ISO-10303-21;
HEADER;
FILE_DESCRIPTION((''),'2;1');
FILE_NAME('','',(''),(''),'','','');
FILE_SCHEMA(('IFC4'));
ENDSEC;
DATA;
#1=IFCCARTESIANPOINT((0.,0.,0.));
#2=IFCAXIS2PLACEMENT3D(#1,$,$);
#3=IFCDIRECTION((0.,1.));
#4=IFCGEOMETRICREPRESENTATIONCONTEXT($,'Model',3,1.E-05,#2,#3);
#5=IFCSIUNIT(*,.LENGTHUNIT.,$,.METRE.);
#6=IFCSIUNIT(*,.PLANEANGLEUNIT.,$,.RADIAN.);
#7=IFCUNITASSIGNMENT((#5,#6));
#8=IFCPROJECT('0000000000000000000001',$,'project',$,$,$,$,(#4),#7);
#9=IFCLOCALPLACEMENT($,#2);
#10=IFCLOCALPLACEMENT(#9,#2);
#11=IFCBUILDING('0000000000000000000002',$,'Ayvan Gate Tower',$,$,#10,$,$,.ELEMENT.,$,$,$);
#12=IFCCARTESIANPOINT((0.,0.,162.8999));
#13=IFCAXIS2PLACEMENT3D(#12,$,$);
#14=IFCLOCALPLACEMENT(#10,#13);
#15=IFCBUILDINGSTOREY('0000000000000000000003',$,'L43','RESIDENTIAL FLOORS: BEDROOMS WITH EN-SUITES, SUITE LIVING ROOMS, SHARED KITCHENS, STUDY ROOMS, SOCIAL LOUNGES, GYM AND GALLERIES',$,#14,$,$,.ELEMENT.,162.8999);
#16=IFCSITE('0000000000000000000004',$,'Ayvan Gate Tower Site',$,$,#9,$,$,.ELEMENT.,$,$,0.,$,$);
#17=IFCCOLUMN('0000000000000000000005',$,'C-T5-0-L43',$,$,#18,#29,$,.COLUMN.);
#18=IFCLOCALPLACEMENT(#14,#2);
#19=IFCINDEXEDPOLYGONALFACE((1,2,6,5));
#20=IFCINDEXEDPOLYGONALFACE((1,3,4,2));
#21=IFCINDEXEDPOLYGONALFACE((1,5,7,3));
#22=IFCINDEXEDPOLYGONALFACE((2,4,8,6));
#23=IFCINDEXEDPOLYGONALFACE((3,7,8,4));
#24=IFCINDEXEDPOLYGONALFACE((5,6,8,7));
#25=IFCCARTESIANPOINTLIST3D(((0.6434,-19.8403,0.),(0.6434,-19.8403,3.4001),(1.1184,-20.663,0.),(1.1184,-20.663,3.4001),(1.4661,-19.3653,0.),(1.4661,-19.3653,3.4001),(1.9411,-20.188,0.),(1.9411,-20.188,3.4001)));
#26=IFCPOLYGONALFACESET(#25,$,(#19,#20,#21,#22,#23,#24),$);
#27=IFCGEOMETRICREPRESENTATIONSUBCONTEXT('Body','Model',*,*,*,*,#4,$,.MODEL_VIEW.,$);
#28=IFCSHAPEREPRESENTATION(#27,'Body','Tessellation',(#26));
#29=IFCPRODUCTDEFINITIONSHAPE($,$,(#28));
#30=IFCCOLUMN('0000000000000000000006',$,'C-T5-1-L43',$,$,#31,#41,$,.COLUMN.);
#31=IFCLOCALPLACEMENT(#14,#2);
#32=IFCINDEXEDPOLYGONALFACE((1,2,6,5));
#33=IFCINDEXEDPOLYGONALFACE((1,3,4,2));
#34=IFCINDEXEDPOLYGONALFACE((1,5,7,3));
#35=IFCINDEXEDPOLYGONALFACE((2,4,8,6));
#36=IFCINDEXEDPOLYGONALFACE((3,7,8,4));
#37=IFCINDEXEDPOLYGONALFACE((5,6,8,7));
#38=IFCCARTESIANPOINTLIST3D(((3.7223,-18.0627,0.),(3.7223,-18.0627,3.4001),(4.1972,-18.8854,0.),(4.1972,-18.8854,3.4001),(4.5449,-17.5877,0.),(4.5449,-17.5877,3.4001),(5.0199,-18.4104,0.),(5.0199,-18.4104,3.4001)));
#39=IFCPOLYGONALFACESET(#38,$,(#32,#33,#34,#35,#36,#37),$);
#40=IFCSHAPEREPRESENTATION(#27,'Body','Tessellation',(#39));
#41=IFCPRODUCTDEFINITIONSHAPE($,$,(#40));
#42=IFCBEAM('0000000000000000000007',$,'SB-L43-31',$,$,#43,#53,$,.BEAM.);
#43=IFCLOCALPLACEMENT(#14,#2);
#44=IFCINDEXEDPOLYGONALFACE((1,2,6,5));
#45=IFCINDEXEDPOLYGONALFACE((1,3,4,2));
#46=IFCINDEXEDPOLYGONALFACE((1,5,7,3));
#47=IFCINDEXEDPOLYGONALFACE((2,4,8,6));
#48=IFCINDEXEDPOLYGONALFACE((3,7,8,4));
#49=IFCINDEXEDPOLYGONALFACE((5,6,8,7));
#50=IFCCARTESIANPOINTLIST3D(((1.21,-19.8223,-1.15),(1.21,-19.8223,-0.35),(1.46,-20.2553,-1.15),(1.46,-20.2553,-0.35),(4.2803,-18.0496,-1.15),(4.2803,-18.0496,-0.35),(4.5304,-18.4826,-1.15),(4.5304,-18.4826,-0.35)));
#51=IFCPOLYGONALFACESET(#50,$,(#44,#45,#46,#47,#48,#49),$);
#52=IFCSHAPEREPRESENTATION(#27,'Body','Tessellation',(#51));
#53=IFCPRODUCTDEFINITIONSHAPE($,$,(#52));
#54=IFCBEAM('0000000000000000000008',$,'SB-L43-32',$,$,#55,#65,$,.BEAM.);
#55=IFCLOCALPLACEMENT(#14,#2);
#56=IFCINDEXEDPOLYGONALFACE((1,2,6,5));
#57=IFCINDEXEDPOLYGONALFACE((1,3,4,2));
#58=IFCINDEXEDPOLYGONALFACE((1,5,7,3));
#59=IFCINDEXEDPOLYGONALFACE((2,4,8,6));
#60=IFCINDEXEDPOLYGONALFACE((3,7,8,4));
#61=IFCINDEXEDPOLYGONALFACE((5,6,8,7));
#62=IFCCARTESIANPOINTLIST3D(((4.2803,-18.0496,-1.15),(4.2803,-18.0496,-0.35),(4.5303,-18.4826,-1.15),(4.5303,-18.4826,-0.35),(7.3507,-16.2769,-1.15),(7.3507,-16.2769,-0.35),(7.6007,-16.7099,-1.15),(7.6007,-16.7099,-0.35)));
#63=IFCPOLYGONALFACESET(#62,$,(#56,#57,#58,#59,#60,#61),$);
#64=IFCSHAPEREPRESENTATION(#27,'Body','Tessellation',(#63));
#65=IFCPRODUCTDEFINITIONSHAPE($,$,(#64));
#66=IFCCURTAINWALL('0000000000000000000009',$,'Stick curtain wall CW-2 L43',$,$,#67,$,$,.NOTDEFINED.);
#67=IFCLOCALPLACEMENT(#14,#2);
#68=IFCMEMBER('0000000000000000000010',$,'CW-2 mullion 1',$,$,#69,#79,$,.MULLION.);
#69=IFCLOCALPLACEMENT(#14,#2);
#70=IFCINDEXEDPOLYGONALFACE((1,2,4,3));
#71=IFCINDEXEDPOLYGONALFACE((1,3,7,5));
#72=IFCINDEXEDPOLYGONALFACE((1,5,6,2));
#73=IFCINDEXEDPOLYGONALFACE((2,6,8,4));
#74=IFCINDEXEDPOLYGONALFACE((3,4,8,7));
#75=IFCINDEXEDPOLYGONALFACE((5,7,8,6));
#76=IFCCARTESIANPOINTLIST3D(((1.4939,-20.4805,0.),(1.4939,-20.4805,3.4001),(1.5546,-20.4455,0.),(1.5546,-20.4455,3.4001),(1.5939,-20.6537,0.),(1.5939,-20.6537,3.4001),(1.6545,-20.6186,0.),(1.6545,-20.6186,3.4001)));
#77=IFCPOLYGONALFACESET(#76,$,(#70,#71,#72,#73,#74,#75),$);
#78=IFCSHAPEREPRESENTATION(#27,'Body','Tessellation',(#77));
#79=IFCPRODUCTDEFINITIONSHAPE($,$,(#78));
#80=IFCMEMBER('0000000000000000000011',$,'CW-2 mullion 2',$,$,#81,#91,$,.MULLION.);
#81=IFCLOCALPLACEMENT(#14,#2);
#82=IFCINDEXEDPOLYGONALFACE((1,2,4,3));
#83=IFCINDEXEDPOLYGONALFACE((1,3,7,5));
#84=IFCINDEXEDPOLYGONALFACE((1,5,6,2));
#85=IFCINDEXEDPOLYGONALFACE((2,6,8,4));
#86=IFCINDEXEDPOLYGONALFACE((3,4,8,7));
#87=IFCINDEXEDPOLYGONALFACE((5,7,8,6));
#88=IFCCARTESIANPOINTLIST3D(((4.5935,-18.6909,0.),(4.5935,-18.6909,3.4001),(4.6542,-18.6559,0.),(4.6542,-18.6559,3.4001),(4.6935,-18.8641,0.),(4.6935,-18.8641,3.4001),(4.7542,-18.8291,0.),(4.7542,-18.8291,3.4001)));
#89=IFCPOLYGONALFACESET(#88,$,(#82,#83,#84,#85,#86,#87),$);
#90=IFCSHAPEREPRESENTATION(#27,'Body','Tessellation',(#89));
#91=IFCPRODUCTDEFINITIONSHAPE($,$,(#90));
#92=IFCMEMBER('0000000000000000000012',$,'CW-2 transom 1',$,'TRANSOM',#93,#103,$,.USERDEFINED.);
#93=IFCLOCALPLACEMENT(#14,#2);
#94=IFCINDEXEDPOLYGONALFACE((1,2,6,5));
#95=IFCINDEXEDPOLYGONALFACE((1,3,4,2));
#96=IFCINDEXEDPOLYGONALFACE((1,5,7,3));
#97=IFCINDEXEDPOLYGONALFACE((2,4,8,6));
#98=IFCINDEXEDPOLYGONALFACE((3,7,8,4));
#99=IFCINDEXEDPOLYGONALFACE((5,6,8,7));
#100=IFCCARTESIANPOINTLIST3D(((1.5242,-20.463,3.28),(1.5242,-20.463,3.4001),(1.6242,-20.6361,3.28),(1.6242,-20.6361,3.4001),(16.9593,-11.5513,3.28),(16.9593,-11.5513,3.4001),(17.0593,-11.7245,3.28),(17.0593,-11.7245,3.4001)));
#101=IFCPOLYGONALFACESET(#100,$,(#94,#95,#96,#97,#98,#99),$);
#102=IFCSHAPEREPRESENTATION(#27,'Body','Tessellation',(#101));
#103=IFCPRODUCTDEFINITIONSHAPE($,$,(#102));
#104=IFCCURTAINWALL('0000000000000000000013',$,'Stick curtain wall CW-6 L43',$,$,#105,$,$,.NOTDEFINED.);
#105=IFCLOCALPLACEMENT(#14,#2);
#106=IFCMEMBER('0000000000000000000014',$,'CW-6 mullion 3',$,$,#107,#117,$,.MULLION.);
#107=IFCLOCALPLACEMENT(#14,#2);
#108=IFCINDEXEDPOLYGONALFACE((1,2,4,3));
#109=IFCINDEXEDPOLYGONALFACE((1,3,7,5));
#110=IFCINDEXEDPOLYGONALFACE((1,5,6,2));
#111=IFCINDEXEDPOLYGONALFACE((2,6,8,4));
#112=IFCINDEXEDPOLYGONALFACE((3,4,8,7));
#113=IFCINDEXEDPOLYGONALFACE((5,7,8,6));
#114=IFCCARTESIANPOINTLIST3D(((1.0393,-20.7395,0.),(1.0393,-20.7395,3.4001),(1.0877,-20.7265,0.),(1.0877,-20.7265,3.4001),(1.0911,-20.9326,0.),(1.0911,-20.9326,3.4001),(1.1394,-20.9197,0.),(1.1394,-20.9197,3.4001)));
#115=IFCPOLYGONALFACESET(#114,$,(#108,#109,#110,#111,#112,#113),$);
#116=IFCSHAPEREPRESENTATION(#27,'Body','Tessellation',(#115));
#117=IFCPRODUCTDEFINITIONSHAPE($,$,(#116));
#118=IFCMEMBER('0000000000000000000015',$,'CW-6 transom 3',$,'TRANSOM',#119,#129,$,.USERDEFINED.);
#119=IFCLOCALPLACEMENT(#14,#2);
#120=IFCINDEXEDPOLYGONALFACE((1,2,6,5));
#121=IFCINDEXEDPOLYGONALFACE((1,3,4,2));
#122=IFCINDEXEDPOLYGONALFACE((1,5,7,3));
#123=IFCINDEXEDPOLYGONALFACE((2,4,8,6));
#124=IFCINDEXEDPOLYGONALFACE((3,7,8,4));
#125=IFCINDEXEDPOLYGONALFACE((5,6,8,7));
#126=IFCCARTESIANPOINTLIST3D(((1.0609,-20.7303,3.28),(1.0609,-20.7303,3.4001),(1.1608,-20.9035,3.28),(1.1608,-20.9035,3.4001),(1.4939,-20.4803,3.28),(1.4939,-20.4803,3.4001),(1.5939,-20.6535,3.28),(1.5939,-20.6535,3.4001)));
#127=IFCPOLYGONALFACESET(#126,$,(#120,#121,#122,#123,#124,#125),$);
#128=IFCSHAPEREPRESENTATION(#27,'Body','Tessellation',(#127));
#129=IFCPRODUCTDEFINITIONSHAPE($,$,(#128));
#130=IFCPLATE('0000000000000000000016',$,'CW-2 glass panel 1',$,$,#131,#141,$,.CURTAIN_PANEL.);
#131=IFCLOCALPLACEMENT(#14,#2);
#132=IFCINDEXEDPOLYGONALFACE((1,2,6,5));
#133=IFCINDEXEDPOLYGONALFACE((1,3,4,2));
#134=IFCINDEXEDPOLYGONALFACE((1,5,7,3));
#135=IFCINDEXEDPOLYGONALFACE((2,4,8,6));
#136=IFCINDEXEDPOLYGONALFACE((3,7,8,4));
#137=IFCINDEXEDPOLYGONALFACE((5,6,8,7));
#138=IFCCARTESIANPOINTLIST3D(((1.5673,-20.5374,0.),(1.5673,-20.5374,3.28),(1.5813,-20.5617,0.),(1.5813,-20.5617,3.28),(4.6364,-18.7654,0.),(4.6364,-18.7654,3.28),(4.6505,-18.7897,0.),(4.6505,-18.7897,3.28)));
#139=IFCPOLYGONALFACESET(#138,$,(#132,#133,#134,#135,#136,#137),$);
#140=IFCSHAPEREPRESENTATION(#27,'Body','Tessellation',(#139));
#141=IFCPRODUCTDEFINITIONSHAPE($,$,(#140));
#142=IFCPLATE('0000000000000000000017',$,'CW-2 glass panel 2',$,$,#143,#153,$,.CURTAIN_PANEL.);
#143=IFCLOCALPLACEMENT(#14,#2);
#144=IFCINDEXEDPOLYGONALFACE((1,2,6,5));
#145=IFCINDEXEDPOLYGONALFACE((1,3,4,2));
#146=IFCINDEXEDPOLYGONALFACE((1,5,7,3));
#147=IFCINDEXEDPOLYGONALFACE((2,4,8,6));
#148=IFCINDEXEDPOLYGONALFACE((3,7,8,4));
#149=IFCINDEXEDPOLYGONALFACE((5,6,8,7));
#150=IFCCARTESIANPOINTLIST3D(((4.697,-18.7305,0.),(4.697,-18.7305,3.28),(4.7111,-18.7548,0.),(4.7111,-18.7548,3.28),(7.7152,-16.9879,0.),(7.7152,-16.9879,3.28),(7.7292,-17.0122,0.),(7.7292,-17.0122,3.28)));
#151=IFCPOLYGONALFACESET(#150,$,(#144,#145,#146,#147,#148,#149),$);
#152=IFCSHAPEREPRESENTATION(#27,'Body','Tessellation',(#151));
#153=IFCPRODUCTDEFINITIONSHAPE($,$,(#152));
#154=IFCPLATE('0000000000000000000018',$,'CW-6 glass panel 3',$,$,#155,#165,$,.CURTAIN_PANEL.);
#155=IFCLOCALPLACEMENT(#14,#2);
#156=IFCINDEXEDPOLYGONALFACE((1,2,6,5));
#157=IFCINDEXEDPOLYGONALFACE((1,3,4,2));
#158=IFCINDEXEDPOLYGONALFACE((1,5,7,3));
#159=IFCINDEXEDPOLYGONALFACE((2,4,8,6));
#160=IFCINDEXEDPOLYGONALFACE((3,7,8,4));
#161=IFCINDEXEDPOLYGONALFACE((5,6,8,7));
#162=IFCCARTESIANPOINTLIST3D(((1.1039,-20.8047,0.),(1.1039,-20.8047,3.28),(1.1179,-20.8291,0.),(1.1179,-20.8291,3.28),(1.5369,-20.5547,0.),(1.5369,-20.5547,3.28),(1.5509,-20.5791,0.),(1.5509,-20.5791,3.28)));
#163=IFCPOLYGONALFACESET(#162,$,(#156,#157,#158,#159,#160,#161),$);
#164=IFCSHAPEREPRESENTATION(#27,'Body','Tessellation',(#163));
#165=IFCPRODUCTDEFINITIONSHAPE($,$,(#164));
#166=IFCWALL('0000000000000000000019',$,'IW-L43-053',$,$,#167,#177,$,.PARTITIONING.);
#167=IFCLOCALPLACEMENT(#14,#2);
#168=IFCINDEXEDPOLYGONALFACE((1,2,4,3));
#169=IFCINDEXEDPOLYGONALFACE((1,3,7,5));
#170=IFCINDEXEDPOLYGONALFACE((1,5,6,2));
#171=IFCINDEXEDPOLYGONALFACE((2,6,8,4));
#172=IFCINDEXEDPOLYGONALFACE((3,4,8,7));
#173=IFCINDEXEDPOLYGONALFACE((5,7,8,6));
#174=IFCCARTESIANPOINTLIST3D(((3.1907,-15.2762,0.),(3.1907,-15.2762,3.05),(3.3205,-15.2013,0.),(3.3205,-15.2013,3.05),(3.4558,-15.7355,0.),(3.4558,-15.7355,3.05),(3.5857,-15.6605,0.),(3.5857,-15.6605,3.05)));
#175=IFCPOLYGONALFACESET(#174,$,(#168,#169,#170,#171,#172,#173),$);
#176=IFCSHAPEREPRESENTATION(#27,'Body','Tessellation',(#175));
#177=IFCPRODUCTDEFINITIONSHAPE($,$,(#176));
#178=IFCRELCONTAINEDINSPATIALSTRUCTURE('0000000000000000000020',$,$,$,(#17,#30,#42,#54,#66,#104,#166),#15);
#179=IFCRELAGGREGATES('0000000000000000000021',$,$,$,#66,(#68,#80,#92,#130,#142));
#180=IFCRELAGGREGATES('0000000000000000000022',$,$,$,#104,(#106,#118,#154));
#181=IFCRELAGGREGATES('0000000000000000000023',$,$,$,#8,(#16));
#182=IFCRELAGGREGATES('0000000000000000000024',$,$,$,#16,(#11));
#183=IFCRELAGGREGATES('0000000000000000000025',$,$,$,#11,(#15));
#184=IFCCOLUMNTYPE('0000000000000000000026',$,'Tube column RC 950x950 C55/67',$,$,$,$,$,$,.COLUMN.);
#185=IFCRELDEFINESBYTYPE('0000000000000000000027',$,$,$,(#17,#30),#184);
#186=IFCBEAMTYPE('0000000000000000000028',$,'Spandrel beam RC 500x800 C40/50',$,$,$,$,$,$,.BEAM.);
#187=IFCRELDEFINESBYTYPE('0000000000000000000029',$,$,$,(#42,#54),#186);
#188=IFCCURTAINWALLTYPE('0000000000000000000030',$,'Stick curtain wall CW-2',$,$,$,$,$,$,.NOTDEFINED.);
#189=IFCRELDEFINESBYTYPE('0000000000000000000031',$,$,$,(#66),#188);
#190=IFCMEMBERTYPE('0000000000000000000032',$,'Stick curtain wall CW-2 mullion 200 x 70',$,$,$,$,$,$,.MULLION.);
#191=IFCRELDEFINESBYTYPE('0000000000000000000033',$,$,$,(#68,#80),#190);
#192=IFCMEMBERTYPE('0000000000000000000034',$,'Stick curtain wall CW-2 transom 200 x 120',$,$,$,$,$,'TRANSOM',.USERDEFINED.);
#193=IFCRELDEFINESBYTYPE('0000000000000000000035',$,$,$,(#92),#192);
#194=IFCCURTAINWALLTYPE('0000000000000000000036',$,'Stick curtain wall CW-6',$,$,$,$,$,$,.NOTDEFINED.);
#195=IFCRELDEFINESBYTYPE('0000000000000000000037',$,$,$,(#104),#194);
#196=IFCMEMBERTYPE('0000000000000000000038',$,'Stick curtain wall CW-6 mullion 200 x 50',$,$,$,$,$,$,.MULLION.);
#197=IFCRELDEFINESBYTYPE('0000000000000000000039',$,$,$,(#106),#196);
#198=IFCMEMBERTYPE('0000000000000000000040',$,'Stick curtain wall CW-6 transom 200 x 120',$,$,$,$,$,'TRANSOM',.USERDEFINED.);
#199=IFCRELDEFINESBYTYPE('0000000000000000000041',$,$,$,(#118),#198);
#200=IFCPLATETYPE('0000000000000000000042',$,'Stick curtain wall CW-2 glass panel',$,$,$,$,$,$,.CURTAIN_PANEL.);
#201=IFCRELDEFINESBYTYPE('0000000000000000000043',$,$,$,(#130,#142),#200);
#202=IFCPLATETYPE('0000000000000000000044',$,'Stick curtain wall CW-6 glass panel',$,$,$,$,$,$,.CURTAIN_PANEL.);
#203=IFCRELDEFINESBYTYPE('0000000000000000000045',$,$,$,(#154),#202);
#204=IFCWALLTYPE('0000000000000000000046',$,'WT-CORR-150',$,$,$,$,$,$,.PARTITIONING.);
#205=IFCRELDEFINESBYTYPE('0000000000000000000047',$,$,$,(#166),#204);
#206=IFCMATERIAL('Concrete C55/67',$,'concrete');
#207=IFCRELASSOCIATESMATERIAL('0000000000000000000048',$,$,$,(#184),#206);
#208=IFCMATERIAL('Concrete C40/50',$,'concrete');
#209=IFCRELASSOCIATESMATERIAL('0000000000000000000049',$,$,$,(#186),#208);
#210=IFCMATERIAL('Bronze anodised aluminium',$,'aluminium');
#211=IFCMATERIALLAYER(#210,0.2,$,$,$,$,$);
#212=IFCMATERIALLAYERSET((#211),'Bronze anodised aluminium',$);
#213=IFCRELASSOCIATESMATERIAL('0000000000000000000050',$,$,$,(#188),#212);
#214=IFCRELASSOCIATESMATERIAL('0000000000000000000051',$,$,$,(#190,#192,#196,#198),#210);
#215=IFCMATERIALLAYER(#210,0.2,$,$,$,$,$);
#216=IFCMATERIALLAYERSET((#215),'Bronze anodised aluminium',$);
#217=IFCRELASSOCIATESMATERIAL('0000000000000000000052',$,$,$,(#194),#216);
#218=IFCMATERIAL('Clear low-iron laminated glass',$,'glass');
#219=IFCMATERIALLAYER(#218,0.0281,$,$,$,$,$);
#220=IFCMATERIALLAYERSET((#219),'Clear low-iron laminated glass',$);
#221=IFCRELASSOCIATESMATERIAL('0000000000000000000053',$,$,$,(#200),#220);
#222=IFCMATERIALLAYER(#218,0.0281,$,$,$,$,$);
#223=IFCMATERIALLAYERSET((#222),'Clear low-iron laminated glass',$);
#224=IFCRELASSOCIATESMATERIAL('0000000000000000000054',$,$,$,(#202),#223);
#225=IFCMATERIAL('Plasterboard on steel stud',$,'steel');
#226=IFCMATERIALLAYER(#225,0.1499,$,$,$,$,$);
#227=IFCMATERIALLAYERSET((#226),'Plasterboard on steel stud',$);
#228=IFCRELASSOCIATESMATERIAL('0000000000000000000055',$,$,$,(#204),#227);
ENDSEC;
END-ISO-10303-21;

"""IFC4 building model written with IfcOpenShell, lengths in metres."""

from ifc_helpers import new_model, si_unit, direction, frame, frame_2d, origin, origin_2d, place, context, subcontext, project, spatial, rectangle, extrude, material, layer, layer_set, material_profile, profile_set, type_object, element, aggregate, save


model = new_model("IFC4")

# Units and contexts
model_context = context("Model", 3, precision=1e-05, world=origin(), true_north=direction((0.0, 1.0)))
body_context = subcontext(model_context, "Body", "Model", "MODEL_VIEW")
ifc_project = project(units=[si_unit("LENGTHUNIT", "METRE"), si_unit("PLANEANGLEUNIT", "RADIAN")], contexts=[model_context])

# Site, building, storey
site_placement = place(None, origin())
site = spatial("IfcSite", under=ifc_project, at=site_placement, Name="Ayvan Gate Tower Site", CompositionType="ELEMENT", RefElevation=0.0)
building_placement = place(site_placement, origin())
building = spatial("IfcBuilding", under=site, at=building_placement, Name="Ayvan Gate Tower", CompositionType="ELEMENT")
storey_placement = place(building_placement, frame((0.0, 0.0, 162.8999)))
storey = spatial("IfcBuildingStorey", under=building, at=storey_placement, Name="L43", Description="RESIDENTIAL FLOORS: BEDROOMS WITH EN-SUITES, SUITE LIVING ROOMS, SHARED KITCHENS, STUDY ROOMS, SOCIAL LOUNGES, GYM AND GALLERIES", CompositionType="ELEMENT", Elevation=162.8999)

# Columns
ifc_material_1 = material(Name="Concrete C55/67", Category="concrete")
ifc_material_profile_1 = material_profile(ifc_material_1, rectangle(XDim=0.95, YDim=0.95, at=origin_2d()), Name="RC 950x950")
ifc_profile_set_1 = profile_set([ifc_material_profile_1], Name="Concrete C55/67")
column_type = type_object("IfcColumnType", Name="Tube column RC 950x950 C55/67", PredefinedType="COLUMN", material=ifc_profile_set_1)
for number, where, z_axis, x_axis, name in (
    (1, (1.2922, -20.0142, 0.0), (0.0, 0.0, 1.0), (0.5, -0.866025, 0.0), "C-T5-0-L43"),
    (2, (4.3711, -18.2366, 0.0), (0.0, 0.0, 1.0), (0.5, -0.866025, 0.0), "C-T5-1-L43"),
):
    element("IfcColumn", number, at=place(storey_placement, frame(where, z_axis=z_axis, x_axis=x_axis)), inside=storey, type_object=column_type, Name=name, PredefinedType="COLUMN", context=body_context, shape_type="SweptSolid", body=[
        extrude(rectangle(XDim=0.95, YDim=0.95, at=origin_2d()), origin(), (0.0, 0.0, 1.0), 3.4001),
    ])

# Beams
ifc_material_2 = material(Name="Concrete C40/50", Category="concrete")
ifc_material_profile_2 = material_profile(ifc_material_2, rectangle(XDim=0.5, YDim=0.8, at=origin_2d()), Name="RC 500x800")
ifc_profile_set_2 = profile_set([ifc_material_profile_2], Name="Concrete C40/50")
beam_type = type_object("IfcBeamType", Name="Spandrel beam RC 500x800 C40/50", PredefinedType="BEAM", material=ifc_profile_set_2)
for number, where, z_axis, x_axis, name in (
    (3, (1.335, -20.0388, -0.75), (0.866018, 0.500013, 0.0), (-0.500013, 0.866018, 0.0), "SB-L43-31"),
    (4, (4.4053, -18.2661, -0.75), (0.866018, 0.500013, 0.0), (-0.500013, 0.866018, 0.0), "SB-L43-32"),
):
    element("IfcBeam", number, at=place(storey_placement, frame(where, z_axis=z_axis, x_axis=x_axis)), inside=storey, type_object=beam_type, Name=name, PredefinedType="BEAM", context=body_context, shape_type="SweptSolid", body=[
        extrude(rectangle(XDim=0.5, YDim=0.8, at=origin_2d()), origin(), (0.0, 0.0, 1.0), 3.5454),
    ])

# Curtain walls, members
ifc_material_3 = material(Name="Bronze anodised aluminium", Category="aluminium")
ifc_layer_1 = layer(ifc_material_3, 0.2)
ifc_layer_set_1 = layer_set([ifc_layer_1], Name="Bronze anodised aluminium")
curtain_wall_type_1 = type_object("IfcCurtainWallType", Name="Stick curtain wall CW-2", PredefinedType="NOTDEFINED", material=ifc_layer_set_1)
curtain_wall_1_placement = place(storey_placement, origin())
curtain_wall_1 = element("IfcCurtainWall", 5, at=curtain_wall_1_placement, inside=storey, type_object=curtain_wall_type_1, Name="Stick curtain wall CW-2 L43", PredefinedType="NOTDEFINED")
ifc_material_profile_3 = material_profile(ifc_material_3, rectangle(XDim=0.2, YDim=0.0701, at=origin_2d()), Name="Stick curtain wall CW-2 mullion 200 x 70")
ifc_profile_set_3 = profile_set([ifc_material_profile_3], Name="Bronze anodised aluminium")
member_type_1 = type_object("IfcMemberType", Name="Stick curtain wall CW-2 mullion 200 x 70", PredefinedType="MULLION", material=ifc_profile_set_3)
member_1_placement = place(storey_placement, frame((1.5742, -20.5496, 0.0), z_axis=(0.0, 0.0, 1.0), x_axis=(0.5, -0.866025, 0.0)))
member_1 = element("IfcMember", 6, at=member_1_placement, type_object=member_type_1, Name="CW-2 mullion 1", PredefinedType="MULLION", context=body_context, shape_type="SweptSolid", body=[
    extrude(rectangle(XDim=0.2, YDim=0.0701, at=origin_2d()), origin(), (0.0, 0.0, 1.0), 3.4001),
])
member_2_placement = place(storey_placement, frame((4.6738, -18.76, 0.0), z_axis=(0.0, 0.0, 1.0), x_axis=(0.5, -0.866025, 0.0)))
member_2 = element("IfcMember", 7, at=member_2_placement, type_object=member_type_1, Name="CW-2 mullion 2", PredefinedType="MULLION", context=body_context, shape_type="SweptSolid", body=[
    extrude(rectangle(XDim=0.2, YDim=0.0701, at=origin_2d()), origin(), (0.0, 0.0, 1.0), 3.4001),
])
ifc_material_profile_4 = material_profile(ifc_material_3, rectangle(XDim=0.2, YDim=0.1201, at=origin_2d()), Name="Stick curtain wall CW-2 transom 200 x 120")
ifc_profile_set_4 = profile_set([ifc_material_profile_4], Name="Bronze anodised aluminium")
member_type_2 = type_object("IfcMemberType", Name="Stick curtain wall CW-2 transom 200 x 120", ElementType="TRANSOM", PredefinedType="USERDEFINED", material=ifc_profile_set_4)
member_3_placement = place(storey_placement, frame((1.5742, -20.5496, 3.3401), z_axis=(0.866021, 0.500008, 0.0), x_axis=(-0.500008, 0.866021, 0.0)))
member_3 = element("IfcMember", 8, at=member_3_placement, type_object=member_type_2, Name="CW-2 transom 1", ObjectType="TRANSOM", PredefinedType="USERDEFINED", context=body_context, shape_type="SweptSolid", body=[
    extrude(rectangle(XDim=0.2, YDim=0.1201, at=origin_2d()), origin(), (0.0, 0.0, 1.0), 17.823),
])
ifc_layer_2 = layer(ifc_material_3, 0.2)
ifc_layer_set_2 = layer_set([ifc_layer_2], Name="Bronze anodised aluminium")
curtain_wall_type_2 = type_object("IfcCurtainWallType", Name="Stick curtain wall CW-6", PredefinedType="NOTDEFINED", material=ifc_layer_set_2)
curtain_wall_2_placement = place(storey_placement, origin())
curtain_wall_2 = element("IfcCurtainWall", 9, at=curtain_wall_2_placement, inside=storey, type_object=curtain_wall_type_2, Name="Stick curtain wall CW-6 L43", PredefinedType="NOTDEFINED")
ifc_material_profile_5 = material_profile(ifc_material_3, rectangle(XDim=0.2, YDim=0.05, at=origin_2d()), Name="Stick curtain wall CW-6 mullion 200 x 50")
ifc_profile_set_5 = profile_set([ifc_material_profile_5], Name="Bronze anodised aluminium")
member_type_3 = type_object("IfcMemberType", Name="Stick curtain wall CW-6 mullion 200 x 50", PredefinedType="MULLION", material=ifc_profile_set_5)
member_4_placement = place(storey_placement, frame((1.0894, -20.8296, 0.0), z_axis=(0.0, 0.0, 1.0), x_axis=(0.258819, -0.965926, 0.0)))
member_4 = element("IfcMember", 10, at=member_4_placement, type_object=member_type_3, Name="CW-6 mullion 3", PredefinedType="MULLION", context=body_context, shape_type="SweptSolid", body=[
    extrude(rectangle(XDim=0.2, YDim=0.05, at=origin_2d()), origin(), (0.0, 0.0, 1.0), 3.4001),
])
ifc_material_profile_6 = material_profile(ifc_material_3, rectangle(XDim=0.2, YDim=0.1201, at=origin_2d()), Name="Stick curtain wall CW-6 transom 200 x 120")
ifc_profile_set_6 = profile_set([ifc_material_profile_6], Name="Bronze anodised aluminium")
member_type_4 = type_object("IfcMemberType", Name="Stick curtain wall CW-6 transom 200 x 120", ElementType="TRANSOM", PredefinedType="USERDEFINED", material=ifc_profile_set_6)
member_5_placement = place(storey_placement, frame((1.1108, -20.8169, 3.3401), z_axis=(0.866072, 0.49992, 0.0), x_axis=(-0.49992, 0.866072, 0.0)))
member_5 = element("IfcMember", 11, at=member_5_placement, type_object=member_type_4, Name="CW-6 transom 3", ObjectType="TRANSOM", PredefinedType="USERDEFINED", context=body_context, shape_type="SweptSolid", body=[
    extrude(rectangle(XDim=0.2, YDim=0.1201, at=origin_2d()), origin(), (0.0, 0.0, 1.0), 0.5),
])

# Plates
ifc_material_4 = material(Name="Clear low-iron laminated glass", Category="glass")
ifc_layer_3 = layer(ifc_material_4, 0.0281)
ifc_layer_set_3 = layer_set([ifc_layer_3], Name="Clear low-iron laminated glass")
plate_type_1 = type_object("IfcPlateType", Name="Stick curtain wall CW-2 glass panel", PredefinedType="CURTAIN_PANEL", material=ifc_layer_set_3)
plate_1_placement = place(storey_placement, frame((3.1089, -19.6636, 0.0), z_axis=(0.0, 0.0, 1.0), x_axis=(0.866025, 0.5, 0.0)))
plate_1 = element("IfcPlate", 12, at=plate_1_placement, type_object=plate_type_1, Name="CW-2 glass panel 1", PredefinedType="CURTAIN_PANEL", context=body_context, shape_type="SweptSolid", body=[
    extrude(rectangle(XDim=3.5439, YDim=0.0281, at=origin_2d()), origin(), (0.0, 0.0, 1.0), 3.28),
])
plate_2_placement = place(storey_placement, frame((6.2131, -17.8713, 0.0), z_axis=(0.0, 0.0, 1.0), x_axis=(0.866025, 0.5, 0.0)))
plate_2 = element("IfcPlate", 13, at=plate_2_placement, type_object=plate_type_1, Name="CW-2 glass panel 2", PredefinedType="CURTAIN_PANEL", context=body_context, shape_type="SweptSolid", body=[
    extrude(rectangle(XDim=3.4851, YDim=0.0281, at=origin_2d()), origin(), (0.0, 0.0, 1.0), 3.28),
])
aggregate(curtain_wall_1, [member_1, member_2, member_3, plate_1, plate_2])
ifc_layer_4 = layer(ifc_material_4, 0.0281)
ifc_layer_set_4 = layer_set([ifc_layer_4], Name="Clear low-iron laminated glass")
plate_type_2 = type_object("IfcPlateType", Name="Stick curtain wall CW-6 glass panel", PredefinedType="CURTAIN_PANEL", material=ifc_layer_set_4)
plate_3_placement = place(storey_placement, frame((1.3274, -20.6919, 0.0), z_axis=(0.0, 0.0, 1.0), x_axis=(0.866025, 0.5, 0.0)))
plate_3 = element("IfcPlate", 14, at=plate_3_placement, type_object=plate_type_2, Name="CW-6 glass panel 3", PredefinedType="CURTAIN_PANEL", context=body_context, shape_type="SweptSolid", body=[
    extrude(rectangle(XDim=0.5, YDim=0.0281, at=origin_2d()), origin(), (0.0, 0.0, 1.0), 3.28),
])
aggregate(curtain_wall_2, [member_4, member_5, plate_3])

# Wall
ifc_material_5 = material(Name="Plasterboard on steel stud", Category="steel")
ifc_layer_5 = layer(ifc_material_5, 0.1499)
ifc_layer_set_5 = layer_set([ifc_layer_5], Name="Plasterboard on steel stud")
wall_type_1 = type_object("IfcWallType", Name="WT-CORR-150", PredefinedType="PARTITIONING", material=ifc_layer_set_5)
wall_1_placement = place(storey_placement, frame((3.2556, -15.2388, 0.0), z_axis=(0.0, 0.0, 1.0), x_axis=(0.500001, -0.866025, 0.0)))
element("IfcWall", 15, at=wall_1_placement, inside=storey, type_object=wall_type_1, Name="IW-L43-053", PredefinedType="PARTITIONING", context=body_context, shape_type="SweptSolid", body=[
    extrude(rectangle(XDim=0.5303, YDim=0.1499, at=frame_2d((0.2651, 0.0))), origin(), (0.0, 0.0, 1.0), 3.05),
])

save(model, "model.ifc")
